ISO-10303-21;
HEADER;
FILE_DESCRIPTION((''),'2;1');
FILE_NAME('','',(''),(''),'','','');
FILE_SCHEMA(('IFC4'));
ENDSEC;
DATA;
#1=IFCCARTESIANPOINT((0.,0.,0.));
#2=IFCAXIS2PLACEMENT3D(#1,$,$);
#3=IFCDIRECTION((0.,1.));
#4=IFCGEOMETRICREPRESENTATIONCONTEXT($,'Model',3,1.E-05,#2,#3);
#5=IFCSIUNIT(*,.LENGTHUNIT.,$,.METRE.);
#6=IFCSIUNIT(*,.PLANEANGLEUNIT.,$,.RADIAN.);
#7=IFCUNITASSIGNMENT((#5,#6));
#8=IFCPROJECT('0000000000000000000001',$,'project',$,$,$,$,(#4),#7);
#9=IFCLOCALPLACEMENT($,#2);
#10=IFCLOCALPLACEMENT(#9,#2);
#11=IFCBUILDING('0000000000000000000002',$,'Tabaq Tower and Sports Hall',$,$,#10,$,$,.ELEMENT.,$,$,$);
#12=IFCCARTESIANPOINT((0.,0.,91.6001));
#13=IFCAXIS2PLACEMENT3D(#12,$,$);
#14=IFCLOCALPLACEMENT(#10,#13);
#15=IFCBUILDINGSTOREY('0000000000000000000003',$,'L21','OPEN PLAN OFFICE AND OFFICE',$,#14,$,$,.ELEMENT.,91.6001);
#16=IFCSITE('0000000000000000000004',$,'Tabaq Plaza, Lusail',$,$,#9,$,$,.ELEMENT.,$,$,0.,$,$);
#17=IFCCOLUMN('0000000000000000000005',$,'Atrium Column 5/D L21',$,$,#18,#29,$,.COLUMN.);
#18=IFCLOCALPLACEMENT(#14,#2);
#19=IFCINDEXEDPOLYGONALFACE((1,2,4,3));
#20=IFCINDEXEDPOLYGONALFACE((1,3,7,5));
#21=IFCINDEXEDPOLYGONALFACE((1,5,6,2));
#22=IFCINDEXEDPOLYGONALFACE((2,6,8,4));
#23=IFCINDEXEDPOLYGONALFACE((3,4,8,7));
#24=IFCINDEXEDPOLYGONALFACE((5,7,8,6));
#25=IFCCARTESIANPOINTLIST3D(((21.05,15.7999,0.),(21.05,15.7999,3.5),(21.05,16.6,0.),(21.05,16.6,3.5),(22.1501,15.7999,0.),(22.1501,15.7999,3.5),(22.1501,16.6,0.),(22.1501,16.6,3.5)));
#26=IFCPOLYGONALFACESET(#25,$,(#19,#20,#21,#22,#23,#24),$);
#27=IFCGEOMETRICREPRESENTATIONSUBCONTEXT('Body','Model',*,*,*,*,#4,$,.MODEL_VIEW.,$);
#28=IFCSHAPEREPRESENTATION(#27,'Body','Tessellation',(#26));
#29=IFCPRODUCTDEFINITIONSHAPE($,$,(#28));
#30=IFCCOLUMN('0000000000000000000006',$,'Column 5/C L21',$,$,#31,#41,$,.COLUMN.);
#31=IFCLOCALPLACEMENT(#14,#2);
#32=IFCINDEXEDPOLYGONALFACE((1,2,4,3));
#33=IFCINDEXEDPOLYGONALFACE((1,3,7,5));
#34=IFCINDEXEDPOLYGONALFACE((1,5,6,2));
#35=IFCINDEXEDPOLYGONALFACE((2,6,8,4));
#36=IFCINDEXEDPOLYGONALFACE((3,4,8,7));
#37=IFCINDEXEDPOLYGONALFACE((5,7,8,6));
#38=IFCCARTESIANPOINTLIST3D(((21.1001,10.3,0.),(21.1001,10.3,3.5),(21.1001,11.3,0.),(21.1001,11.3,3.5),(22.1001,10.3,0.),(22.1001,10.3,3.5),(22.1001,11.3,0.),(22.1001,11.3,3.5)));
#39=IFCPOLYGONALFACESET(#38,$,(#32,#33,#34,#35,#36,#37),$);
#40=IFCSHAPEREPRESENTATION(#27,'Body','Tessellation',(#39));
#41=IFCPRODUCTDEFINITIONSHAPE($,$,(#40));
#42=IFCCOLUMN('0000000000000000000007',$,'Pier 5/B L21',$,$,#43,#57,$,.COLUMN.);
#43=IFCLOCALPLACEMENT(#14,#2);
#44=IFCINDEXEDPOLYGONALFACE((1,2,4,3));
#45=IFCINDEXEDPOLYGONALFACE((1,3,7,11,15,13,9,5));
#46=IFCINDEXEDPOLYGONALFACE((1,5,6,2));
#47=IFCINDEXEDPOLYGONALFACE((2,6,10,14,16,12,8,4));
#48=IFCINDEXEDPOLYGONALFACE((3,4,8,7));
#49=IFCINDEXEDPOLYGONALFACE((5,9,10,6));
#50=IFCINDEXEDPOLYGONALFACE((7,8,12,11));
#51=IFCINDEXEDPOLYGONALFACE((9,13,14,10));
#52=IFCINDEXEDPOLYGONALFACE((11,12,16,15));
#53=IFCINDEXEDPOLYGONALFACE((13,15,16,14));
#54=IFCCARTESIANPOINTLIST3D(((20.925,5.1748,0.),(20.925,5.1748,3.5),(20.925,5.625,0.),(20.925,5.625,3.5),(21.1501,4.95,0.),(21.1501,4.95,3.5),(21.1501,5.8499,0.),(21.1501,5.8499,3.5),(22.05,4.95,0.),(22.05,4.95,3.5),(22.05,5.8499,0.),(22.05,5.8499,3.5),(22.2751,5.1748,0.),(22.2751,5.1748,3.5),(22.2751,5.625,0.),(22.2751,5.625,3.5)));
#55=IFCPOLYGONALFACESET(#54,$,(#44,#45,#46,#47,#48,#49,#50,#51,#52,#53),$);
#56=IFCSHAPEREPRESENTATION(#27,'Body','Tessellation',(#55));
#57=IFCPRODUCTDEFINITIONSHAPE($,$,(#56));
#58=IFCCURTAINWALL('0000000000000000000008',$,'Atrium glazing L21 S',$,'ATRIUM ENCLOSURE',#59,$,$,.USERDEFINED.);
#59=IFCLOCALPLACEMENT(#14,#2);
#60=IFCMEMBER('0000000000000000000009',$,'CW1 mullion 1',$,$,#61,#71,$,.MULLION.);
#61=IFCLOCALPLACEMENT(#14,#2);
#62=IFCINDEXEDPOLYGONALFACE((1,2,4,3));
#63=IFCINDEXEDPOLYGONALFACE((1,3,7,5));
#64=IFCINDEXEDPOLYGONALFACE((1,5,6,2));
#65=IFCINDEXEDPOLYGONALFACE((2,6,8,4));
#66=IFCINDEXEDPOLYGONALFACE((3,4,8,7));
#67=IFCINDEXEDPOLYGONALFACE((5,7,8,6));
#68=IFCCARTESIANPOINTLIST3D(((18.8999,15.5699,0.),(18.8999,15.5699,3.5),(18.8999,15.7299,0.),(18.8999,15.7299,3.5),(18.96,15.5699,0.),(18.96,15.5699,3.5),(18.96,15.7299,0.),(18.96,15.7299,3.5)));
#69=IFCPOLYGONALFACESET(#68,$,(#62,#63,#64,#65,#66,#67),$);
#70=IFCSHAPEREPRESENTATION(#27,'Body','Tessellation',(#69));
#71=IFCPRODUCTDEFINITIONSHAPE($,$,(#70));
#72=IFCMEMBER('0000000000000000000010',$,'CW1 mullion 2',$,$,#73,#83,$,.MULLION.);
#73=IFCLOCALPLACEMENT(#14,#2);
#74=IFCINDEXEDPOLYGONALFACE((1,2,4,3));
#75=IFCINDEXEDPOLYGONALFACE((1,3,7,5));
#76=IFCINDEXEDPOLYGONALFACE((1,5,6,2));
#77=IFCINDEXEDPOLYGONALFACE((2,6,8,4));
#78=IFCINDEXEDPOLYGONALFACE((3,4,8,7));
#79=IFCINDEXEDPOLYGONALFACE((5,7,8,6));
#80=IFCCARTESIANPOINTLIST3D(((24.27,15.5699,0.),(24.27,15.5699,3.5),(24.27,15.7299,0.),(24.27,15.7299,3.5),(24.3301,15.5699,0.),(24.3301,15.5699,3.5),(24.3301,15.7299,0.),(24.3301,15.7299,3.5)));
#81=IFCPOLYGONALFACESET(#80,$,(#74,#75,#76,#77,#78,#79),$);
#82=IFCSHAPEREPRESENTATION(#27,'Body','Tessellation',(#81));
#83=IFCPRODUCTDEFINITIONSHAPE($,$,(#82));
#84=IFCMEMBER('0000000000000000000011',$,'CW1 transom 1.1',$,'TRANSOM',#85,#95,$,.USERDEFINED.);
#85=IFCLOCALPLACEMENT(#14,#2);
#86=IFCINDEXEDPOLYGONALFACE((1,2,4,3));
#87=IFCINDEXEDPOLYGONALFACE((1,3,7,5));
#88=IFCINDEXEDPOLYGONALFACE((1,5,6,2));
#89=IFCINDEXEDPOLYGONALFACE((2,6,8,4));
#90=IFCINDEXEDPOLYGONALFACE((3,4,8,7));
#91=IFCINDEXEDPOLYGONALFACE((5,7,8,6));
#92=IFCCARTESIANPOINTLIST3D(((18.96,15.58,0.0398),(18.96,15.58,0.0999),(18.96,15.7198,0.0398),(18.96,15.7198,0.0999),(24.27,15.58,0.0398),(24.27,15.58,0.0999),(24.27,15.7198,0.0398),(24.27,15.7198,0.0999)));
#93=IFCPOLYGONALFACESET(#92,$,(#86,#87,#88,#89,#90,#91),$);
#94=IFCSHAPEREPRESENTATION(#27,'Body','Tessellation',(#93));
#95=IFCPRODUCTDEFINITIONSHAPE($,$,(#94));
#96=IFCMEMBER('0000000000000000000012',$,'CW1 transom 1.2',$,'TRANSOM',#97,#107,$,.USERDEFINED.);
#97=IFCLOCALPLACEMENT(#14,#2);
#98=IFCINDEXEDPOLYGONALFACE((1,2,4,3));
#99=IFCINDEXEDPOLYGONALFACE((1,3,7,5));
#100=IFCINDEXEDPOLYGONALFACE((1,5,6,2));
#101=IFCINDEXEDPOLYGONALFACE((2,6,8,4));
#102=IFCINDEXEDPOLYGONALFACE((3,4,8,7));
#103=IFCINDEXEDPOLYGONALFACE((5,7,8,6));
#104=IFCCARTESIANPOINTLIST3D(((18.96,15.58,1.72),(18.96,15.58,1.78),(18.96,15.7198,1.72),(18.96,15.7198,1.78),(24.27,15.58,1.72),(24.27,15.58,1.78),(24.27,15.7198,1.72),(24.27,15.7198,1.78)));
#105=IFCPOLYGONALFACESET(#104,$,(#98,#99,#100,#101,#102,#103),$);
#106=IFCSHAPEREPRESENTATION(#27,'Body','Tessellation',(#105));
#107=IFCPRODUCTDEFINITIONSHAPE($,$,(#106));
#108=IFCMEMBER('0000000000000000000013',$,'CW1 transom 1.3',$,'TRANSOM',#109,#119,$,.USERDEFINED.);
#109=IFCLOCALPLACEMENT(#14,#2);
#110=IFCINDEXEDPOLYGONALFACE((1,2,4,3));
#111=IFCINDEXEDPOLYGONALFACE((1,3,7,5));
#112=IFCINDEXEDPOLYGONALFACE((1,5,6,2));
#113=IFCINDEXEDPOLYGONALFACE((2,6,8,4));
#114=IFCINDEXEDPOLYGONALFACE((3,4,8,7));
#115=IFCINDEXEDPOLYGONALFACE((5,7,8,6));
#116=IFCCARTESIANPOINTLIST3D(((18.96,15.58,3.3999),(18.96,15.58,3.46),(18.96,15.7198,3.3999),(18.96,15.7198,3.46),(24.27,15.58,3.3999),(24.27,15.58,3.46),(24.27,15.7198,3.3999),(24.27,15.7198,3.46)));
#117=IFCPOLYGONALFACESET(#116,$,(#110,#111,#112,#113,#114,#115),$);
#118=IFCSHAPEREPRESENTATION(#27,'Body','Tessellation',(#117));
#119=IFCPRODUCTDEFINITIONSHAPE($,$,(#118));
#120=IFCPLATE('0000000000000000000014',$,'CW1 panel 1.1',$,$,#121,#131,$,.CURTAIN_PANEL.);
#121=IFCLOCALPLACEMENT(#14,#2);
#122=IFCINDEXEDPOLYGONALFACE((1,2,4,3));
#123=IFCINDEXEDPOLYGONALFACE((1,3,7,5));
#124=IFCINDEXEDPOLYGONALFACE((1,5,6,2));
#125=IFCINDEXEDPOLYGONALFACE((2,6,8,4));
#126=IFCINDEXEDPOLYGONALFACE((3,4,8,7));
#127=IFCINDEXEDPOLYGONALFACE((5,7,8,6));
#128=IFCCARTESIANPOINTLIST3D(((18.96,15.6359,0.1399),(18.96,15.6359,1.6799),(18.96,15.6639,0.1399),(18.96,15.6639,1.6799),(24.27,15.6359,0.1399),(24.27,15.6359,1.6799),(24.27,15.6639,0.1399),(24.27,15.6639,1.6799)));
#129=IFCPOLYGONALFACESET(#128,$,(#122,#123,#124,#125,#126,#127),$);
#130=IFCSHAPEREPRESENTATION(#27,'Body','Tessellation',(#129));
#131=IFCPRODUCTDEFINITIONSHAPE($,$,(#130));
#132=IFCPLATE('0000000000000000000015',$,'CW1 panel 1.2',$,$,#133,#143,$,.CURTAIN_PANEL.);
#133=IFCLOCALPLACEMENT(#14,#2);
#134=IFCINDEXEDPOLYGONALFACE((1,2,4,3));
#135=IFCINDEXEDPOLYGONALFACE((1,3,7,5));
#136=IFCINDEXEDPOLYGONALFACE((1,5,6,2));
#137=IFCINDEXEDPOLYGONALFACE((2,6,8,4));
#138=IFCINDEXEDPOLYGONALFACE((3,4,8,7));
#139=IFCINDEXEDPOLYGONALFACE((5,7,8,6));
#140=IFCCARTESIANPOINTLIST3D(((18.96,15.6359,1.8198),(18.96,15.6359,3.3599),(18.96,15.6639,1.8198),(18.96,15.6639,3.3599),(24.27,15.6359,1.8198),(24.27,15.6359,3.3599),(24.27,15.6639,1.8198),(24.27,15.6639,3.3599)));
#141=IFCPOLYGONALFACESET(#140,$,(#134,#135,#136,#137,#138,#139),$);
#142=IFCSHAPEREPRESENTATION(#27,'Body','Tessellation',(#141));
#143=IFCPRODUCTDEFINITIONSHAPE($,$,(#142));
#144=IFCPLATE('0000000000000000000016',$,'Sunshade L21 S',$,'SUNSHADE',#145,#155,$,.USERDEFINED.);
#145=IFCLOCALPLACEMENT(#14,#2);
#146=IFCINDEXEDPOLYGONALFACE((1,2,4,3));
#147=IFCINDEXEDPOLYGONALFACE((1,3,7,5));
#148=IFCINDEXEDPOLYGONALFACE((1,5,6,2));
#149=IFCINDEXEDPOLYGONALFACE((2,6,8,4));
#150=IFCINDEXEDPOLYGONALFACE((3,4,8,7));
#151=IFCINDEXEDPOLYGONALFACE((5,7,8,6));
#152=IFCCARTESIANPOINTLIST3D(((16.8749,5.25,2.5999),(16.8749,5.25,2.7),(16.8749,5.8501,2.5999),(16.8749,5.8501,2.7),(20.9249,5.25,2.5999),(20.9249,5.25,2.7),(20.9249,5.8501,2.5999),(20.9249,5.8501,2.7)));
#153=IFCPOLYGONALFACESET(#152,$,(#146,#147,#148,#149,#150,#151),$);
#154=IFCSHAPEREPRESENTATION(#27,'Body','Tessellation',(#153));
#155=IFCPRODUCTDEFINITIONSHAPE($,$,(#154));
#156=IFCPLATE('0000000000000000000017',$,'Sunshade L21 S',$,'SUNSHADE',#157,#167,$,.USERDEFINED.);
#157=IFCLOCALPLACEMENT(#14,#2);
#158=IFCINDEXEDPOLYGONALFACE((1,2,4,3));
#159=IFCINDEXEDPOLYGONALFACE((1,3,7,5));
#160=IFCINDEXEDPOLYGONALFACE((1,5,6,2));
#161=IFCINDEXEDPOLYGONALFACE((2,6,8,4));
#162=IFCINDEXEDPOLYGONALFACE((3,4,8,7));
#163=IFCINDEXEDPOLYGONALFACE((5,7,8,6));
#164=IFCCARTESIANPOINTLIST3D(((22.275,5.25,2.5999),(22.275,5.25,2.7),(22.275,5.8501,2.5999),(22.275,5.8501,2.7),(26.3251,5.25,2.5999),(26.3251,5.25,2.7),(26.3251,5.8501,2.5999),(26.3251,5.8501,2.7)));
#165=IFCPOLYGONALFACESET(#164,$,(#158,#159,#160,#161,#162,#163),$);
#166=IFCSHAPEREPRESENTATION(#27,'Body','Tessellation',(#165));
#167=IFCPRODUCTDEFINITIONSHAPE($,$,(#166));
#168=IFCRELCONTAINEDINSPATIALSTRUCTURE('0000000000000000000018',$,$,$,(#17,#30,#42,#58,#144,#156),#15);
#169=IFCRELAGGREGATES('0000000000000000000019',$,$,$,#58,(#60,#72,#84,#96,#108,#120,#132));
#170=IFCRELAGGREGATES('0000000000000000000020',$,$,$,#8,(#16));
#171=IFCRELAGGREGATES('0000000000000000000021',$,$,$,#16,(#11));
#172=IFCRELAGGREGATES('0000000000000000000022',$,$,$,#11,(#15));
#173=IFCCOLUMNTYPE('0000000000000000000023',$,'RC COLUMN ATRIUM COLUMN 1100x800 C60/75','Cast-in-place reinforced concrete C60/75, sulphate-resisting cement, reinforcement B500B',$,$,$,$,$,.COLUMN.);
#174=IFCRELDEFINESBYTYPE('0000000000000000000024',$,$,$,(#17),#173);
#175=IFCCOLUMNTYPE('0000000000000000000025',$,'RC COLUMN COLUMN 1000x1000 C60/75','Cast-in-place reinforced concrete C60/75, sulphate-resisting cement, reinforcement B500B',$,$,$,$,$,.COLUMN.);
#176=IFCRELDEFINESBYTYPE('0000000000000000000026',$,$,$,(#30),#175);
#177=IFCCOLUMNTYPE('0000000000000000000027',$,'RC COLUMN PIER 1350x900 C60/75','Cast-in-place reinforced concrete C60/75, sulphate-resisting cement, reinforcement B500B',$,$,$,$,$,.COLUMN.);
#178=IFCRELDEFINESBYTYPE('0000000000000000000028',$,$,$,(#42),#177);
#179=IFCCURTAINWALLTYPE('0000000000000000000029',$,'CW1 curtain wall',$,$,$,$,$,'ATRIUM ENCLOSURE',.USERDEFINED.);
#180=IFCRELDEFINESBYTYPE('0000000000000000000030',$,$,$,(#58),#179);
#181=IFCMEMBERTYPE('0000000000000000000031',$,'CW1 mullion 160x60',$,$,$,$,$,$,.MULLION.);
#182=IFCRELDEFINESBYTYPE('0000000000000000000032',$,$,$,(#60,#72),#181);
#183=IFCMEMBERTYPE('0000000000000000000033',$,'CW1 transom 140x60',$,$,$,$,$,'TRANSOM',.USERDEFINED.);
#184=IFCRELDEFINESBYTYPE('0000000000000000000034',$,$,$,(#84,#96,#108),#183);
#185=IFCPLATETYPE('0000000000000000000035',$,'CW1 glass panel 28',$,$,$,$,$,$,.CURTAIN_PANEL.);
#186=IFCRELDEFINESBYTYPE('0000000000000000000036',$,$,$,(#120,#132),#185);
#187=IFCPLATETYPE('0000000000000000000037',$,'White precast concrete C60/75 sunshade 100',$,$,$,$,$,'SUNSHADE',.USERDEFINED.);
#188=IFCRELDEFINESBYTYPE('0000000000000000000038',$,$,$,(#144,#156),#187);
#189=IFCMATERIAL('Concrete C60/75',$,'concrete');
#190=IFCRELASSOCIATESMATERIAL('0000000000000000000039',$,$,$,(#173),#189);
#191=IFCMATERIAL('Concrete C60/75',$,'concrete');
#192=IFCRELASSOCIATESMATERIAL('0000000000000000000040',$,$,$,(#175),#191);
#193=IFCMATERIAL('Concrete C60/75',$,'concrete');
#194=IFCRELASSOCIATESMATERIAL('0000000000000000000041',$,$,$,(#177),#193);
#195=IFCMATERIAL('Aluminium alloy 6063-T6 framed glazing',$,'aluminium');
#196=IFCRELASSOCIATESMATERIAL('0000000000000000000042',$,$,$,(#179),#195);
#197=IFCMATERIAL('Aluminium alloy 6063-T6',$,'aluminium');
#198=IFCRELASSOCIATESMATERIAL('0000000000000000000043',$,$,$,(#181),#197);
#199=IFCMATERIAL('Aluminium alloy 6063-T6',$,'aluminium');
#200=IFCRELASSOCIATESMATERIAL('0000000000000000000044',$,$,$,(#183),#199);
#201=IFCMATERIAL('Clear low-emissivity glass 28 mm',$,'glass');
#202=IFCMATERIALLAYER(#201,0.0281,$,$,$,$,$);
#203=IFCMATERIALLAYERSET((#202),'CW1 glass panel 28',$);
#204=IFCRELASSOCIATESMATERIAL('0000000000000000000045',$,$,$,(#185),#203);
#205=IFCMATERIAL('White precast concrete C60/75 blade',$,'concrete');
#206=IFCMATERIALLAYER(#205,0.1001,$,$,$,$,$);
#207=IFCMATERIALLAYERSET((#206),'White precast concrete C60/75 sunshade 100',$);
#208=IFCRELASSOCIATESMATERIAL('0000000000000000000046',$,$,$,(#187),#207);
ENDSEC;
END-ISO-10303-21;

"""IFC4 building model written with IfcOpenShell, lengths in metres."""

from ifc_helpers import new_model, si_unit, direction, frame, origin, origin_2d, place, context, subcontext, project, spatial, polyline, rectangle, outline, extrude, material, layer, layer_set, material_profile, profile_set, type_object, element, aggregate, save


model = new_model("IFC4")

# Units and contexts
model_context = context("Model", 3, precision=1e-05, world=origin(), true_north=direction((0.0, 1.0)))
body_context = subcontext(model_context, "Body", "Model", "MODEL_VIEW")
ifc_project = project(units=[si_unit("LENGTHUNIT", "METRE"), si_unit("PLANEANGLEUNIT", "RADIAN")], contexts=[model_context])

# Site, building, storey
site_placement = place(None, origin())
site = spatial("IfcSite", under=ifc_project, at=site_placement, Name="Tabaq Plaza, Lusail", CompositionType="ELEMENT", RefElevation=0.0)
building_placement = place(site_placement, origin())
building = spatial("IfcBuilding", under=site, at=building_placement, Name="Tabaq Tower and Sports Hall", CompositionType="ELEMENT")
storey_placement = place(building_placement, frame((0.0, 0.0, 91.6001)))
storey = spatial("IfcBuildingStorey", under=building, at=storey_placement, Name="L21", Description="OPEN PLAN OFFICE AND OFFICE", CompositionType="ELEMENT", Elevation=91.6001)

# Columns
ifc_material_1 = material(Name="Concrete C60/75", Category="concrete")
ifc_material_profile_1 = material_profile(ifc_material_1, rectangle(XDim=1.1001, YDim=0.8, at=origin_2d()), Name="ATRIUM COLUMN 1100x800")
ifc_profile_set_1 = profile_set([ifc_material_profile_1], Name="Concrete C60/75")
column_type_1 = type_object("IfcColumnType", Name="RC COLUMN ATRIUM COLUMN 1100x800 C60/75", Description="Cast-in-place reinforced concrete C60/75, sulphate-resisting cement, reinforcement B500B", PredefinedType="COLUMN", material=ifc_profile_set_1)
column_1_placement = place(storey_placement, frame((21.6001, 16.2, 0.0), z_axis=(0.0, 0.0, 1.0), x_axis=(1.0, 0.0, 0.0)))
element("IfcColumn", 1, at=column_1_placement, inside=storey, type_object=column_type_1, Name="Atrium Column 5/D L21", PredefinedType="COLUMN", context=body_context, shape_type="SweptSolid", body=[
    extrude(rectangle(XDim=1.1001, YDim=0.8, at=origin_2d()), origin(), (0.0, 0.0, 1.0), 3.5),
])
ifc_material_2 = material(Name="Concrete C60/75", Category="concrete")
ifc_material_profile_2 = material_profile(ifc_material_2, rectangle(XDim=1.0, YDim=1.0, at=origin_2d()), Name="COLUMN 1000x1000")
ifc_profile_set_2 = profile_set([ifc_material_profile_2], Name="Concrete C60/75")
column_type_2 = type_object("IfcColumnType", Name="RC COLUMN COLUMN 1000x1000 C60/75", Description="Cast-in-place reinforced concrete C60/75, sulphate-resisting cement, reinforcement B500B", PredefinedType="COLUMN", material=ifc_profile_set_2)
column_2_placement = place(storey_placement, frame((21.6001, 10.8, 0.0), z_axis=(0.0, 0.0, 1.0), x_axis=(1.0, 0.0, 0.0)))
element("IfcColumn", 2, at=column_2_placement, inside=storey, type_object=column_type_2, Name="Column 5/C L21", PredefinedType="COLUMN", context=body_context, shape_type="SweptSolid", body=[
    extrude(rectangle(XDim=1.0, YDim=1.0, at=origin_2d()), origin(), (0.0, 0.0, 1.0), 3.5),
])
ifc_material_3 = material(Name="Concrete C60/75", Category="concrete")
ifc_material_profile_3 = material_profile(ifc_material_3, outline(polyline([(-0.45, -0.45), (0.45, -0.45), (0.675, -0.2251), (0.675, 0.2251), (0.45, 0.45), (-0.45, 0.45), (-0.675, 0.2251), (-0.675, -0.2251), (-0.45, -0.45)])), Name="PIER 1350x900")
ifc_profile_set_3 = profile_set([ifc_material_profile_3], Name="Concrete C60/75")
column_type_3 = type_object("IfcColumnType", Name="RC COLUMN PIER 1350x900 C60/75", Description="Cast-in-place reinforced concrete C60/75, sulphate-resisting cement, reinforcement B500B", PredefinedType="COLUMN", material=ifc_profile_set_3)
column_3_placement = place(storey_placement, frame((21.6001, 5.3999, 0.0), z_axis=(0.0, 0.0, 1.0), x_axis=(1.0, 0.0, 0.0)))
element("IfcColumn", 3, at=column_3_placement, inside=storey, type_object=column_type_3, Name="Pier 5/B L21", PredefinedType="COLUMN", context=body_context, shape_type="SweptSolid", body=[
    extrude(outline(polyline([(-0.45, -0.45), (0.45, -0.45), (0.675, -0.2251), (0.675, 0.2251), (0.45, 0.45), (-0.45, 0.45), (-0.675, 0.2251), (-0.675, -0.2251), (-0.45, -0.45)])), origin(), (0.0, 0.0, 1.0), 3.5),
])

# Curtain wall, members, plates
ifc_material_4 = material(Name="Aluminium alloy 6063-T6 framed glazing", Category="aluminium")
curtain_wall_type = type_object("IfcCurtainWallType", Name="CW1 curtain wall", ElementType="ATRIUM ENCLOSURE", PredefinedType="USERDEFINED", material=ifc_material_4)
curtain_wall_placement = place(storey_placement, origin())
curtain_wall = element("IfcCurtainWall", 4, at=curtain_wall_placement, inside=storey, type_object=curtain_wall_type, Name="Atrium glazing L21 S", ObjectType="ATRIUM ENCLOSURE", PredefinedType="USERDEFINED")
ifc_material_5 = material(Name="Aluminium alloy 6063-T6", Category="aluminium")
ifc_material_profile_4 = material_profile(ifc_material_5, rectangle(XDim=0.1599, YDim=0.0601, at=origin_2d()), Name="MULLION 160x60")
ifc_profile_set_4 = profile_set([ifc_material_profile_4], Name="Aluminium alloy 6063-T6")
member_type_1 = type_object("IfcMemberType", Name="CW1 mullion 160x60", PredefinedType="MULLION", material=ifc_profile_set_4)
member_1_placement = place(storey_placement, frame((18.9299, 15.6499, 0.0), z_axis=(0.0, 0.0, 1.0), x_axis=(0.0, 1.0, 0.0)))
member_1 = element("IfcMember", 5, at=member_1_placement, type_object=member_type_1, Name="CW1 mullion 1", PredefinedType="MULLION", context=body_context, shape_type="SweptSolid", body=[
    extrude(rectangle(XDim=0.1599, YDim=0.0601, at=origin_2d()), origin(), (0.0, 0.0, 1.0), 3.5),
])
member_2_placement = place(storey_placement, frame((24.3, 15.6499, 0.0), z_axis=(0.0, 0.0, 1.0), x_axis=(0.0, 1.0, 0.0)))
member_2 = element("IfcMember", 6, at=member_2_placement, type_object=member_type_1, Name="CW1 mullion 2", PredefinedType="MULLION", context=body_context, shape_type="SweptSolid", body=[
    extrude(rectangle(XDim=0.1599, YDim=0.0601, at=origin_2d()), origin(), (0.0, 0.0, 1.0), 3.5),
])
ifc_material_6 = material(Name="Aluminium alloy 6063-T6", Category="aluminium")
ifc_material_profile_5 = material_profile(ifc_material_6, rectangle(XDim=0.1399, YDim=0.0601, at=origin_2d()), Name="TRANSOM 140x60")
ifc_profile_set_5 = profile_set([ifc_material_profile_5], Name="Aluminium alloy 6063-T6")
member_type_2 = type_object("IfcMemberType", Name="CW1 transom 140x60", ElementType="TRANSOM", PredefinedType="USERDEFINED", material=ifc_profile_set_5)
member_3_placement = place(storey_placement, frame((18.96, 15.6499, 0.0698), z_axis=(1.0, 0.0, 0.0), x_axis=(0.0, 1.0, 0.0)))
member_3 = element("IfcMember", 7, at=member_3_placement, type_object=member_type_2, Name="CW1 transom 1.1", ObjectType="TRANSOM", PredefinedType="USERDEFINED", context=body_context, shape_type="SweptSolid", body=[
    extrude(rectangle(XDim=0.1399, YDim=0.0601, at=origin_2d()), origin(), (0.0, 0.0, 1.0), 5.3101),
])
member_4_placement = place(storey_placement, frame((18.96, 15.6499, 1.75), z_axis=(1.0, 0.0, 0.0), x_axis=(0.0, 1.0, 0.0)))
member_4 = element("IfcMember", 8, at=member_4_placement, type_object=member_type_2, Name="CW1 transom 1.2", ObjectType="TRANSOM", PredefinedType="USERDEFINED", context=body_context, shape_type="SweptSolid", body=[
    extrude(rectangle(XDim=0.1399, YDim=0.0601, at=origin_2d()), origin(), (0.0, 0.0, 1.0), 5.3101),
])
member_5_placement = place(storey_placement, frame((18.96, 15.6499, 3.4299), z_axis=(1.0, 0.0, 0.0), x_axis=(0.0, 1.0, 0.0)))
member_5 = element("IfcMember", 9, at=member_5_placement, type_object=member_type_2, Name="CW1 transom 1.3", ObjectType="TRANSOM", PredefinedType="USERDEFINED", context=body_context, shape_type="SweptSolid", body=[
    extrude(rectangle(XDim=0.1399, YDim=0.0601, at=origin_2d()), origin(), (0.0, 0.0, 1.0), 5.3101),
])
ifc_material_7 = material(Name="Clear low-emissivity glass 28 mm", Category="glass")
ifc_layer_1 = layer(ifc_material_7, 0.0281)
ifc_layer_set_1 = layer_set([ifc_layer_1], Name="CW1 glass panel 28")
plate_type_1 = type_object("IfcPlateType", Name="CW1 glass panel 28", PredefinedType="CURTAIN_PANEL", material=ifc_layer_set_1)
plate_1_placement = place(storey_placement, frame((21.615, 15.6499, 0.1399), z_axis=(0.0, 0.0, 1.0), x_axis=(1.0, 0.0, 0.0)))
plate_1 = element("IfcPlate", 10, at=plate_1_placement, type_object=plate_type_1, Name="CW1 panel 1.1", PredefinedType="CURTAIN_PANEL", context=body_context, shape_type="SweptSolid", body=[
    extrude(rectangle(XDim=5.3101, YDim=0.0281, at=origin_2d()), origin(), (0.0, 0.0, 1.0), 1.54),
])
plate_2_placement = place(storey_placement, frame((21.615, 15.6499, 1.8198), z_axis=(0.0, 0.0, 1.0), x_axis=(1.0, 0.0, 0.0)))
plate_2 = element("IfcPlate", 11, at=plate_2_placement, type_object=plate_type_1, Name="CW1 panel 1.2", PredefinedType="CURTAIN_PANEL", context=body_context, shape_type="SweptSolid", body=[
    extrude(rectangle(XDim=5.3101, YDim=0.0281, at=origin_2d()), origin(), (0.0, 0.0, 1.0), 1.54),
])
aggregate(curtain_wall, [member_1, member_2, member_3, member_4, member_5, plate_1, plate_2])

# Plates
ifc_material_8 = material(Name="White precast concrete C60/75 blade", Category="concrete")
ifc_layer_2 = layer(ifc_material_8, 0.1001)
ifc_layer_set_2 = layer_set([ifc_layer_2], Name="White precast concrete C60/75 sunshade 100")
plate_type_2 = type_object("IfcPlateType", Name="White precast concrete C60/75 sunshade 100", ElementType="SUNSHADE", PredefinedType="USERDEFINED", material=ifc_layer_set_2)
for number, where, z_axis, x_axis, name in (
    (12, (18.8999, 5.55, 2.5999), (0.0, 0.0, 1.0), (1.0, 0.0, 0.0), "Sunshade L21 S"),
    (13, (24.3, 5.55, 2.5999), (0.0, 0.0, 1.0), (1.0, 0.0, 0.0), "Sunshade L21 S"),
):
    element("IfcPlate", number, at=place(storey_placement, frame(where, z_axis=z_axis, x_axis=x_axis)), inside=storey, type_object=plate_type_2, Name=name, ObjectType="SUNSHADE", PredefinedType="USERDEFINED", context=body_context, shape_type="SweptSolid", body=[
        extrude(rectangle(XDim=4.05, YDim=0.6001, at=origin_2d()), origin(), (0.0, 0.0, 1.0), 0.1001),
    ])

save(model, "model.ifc")
